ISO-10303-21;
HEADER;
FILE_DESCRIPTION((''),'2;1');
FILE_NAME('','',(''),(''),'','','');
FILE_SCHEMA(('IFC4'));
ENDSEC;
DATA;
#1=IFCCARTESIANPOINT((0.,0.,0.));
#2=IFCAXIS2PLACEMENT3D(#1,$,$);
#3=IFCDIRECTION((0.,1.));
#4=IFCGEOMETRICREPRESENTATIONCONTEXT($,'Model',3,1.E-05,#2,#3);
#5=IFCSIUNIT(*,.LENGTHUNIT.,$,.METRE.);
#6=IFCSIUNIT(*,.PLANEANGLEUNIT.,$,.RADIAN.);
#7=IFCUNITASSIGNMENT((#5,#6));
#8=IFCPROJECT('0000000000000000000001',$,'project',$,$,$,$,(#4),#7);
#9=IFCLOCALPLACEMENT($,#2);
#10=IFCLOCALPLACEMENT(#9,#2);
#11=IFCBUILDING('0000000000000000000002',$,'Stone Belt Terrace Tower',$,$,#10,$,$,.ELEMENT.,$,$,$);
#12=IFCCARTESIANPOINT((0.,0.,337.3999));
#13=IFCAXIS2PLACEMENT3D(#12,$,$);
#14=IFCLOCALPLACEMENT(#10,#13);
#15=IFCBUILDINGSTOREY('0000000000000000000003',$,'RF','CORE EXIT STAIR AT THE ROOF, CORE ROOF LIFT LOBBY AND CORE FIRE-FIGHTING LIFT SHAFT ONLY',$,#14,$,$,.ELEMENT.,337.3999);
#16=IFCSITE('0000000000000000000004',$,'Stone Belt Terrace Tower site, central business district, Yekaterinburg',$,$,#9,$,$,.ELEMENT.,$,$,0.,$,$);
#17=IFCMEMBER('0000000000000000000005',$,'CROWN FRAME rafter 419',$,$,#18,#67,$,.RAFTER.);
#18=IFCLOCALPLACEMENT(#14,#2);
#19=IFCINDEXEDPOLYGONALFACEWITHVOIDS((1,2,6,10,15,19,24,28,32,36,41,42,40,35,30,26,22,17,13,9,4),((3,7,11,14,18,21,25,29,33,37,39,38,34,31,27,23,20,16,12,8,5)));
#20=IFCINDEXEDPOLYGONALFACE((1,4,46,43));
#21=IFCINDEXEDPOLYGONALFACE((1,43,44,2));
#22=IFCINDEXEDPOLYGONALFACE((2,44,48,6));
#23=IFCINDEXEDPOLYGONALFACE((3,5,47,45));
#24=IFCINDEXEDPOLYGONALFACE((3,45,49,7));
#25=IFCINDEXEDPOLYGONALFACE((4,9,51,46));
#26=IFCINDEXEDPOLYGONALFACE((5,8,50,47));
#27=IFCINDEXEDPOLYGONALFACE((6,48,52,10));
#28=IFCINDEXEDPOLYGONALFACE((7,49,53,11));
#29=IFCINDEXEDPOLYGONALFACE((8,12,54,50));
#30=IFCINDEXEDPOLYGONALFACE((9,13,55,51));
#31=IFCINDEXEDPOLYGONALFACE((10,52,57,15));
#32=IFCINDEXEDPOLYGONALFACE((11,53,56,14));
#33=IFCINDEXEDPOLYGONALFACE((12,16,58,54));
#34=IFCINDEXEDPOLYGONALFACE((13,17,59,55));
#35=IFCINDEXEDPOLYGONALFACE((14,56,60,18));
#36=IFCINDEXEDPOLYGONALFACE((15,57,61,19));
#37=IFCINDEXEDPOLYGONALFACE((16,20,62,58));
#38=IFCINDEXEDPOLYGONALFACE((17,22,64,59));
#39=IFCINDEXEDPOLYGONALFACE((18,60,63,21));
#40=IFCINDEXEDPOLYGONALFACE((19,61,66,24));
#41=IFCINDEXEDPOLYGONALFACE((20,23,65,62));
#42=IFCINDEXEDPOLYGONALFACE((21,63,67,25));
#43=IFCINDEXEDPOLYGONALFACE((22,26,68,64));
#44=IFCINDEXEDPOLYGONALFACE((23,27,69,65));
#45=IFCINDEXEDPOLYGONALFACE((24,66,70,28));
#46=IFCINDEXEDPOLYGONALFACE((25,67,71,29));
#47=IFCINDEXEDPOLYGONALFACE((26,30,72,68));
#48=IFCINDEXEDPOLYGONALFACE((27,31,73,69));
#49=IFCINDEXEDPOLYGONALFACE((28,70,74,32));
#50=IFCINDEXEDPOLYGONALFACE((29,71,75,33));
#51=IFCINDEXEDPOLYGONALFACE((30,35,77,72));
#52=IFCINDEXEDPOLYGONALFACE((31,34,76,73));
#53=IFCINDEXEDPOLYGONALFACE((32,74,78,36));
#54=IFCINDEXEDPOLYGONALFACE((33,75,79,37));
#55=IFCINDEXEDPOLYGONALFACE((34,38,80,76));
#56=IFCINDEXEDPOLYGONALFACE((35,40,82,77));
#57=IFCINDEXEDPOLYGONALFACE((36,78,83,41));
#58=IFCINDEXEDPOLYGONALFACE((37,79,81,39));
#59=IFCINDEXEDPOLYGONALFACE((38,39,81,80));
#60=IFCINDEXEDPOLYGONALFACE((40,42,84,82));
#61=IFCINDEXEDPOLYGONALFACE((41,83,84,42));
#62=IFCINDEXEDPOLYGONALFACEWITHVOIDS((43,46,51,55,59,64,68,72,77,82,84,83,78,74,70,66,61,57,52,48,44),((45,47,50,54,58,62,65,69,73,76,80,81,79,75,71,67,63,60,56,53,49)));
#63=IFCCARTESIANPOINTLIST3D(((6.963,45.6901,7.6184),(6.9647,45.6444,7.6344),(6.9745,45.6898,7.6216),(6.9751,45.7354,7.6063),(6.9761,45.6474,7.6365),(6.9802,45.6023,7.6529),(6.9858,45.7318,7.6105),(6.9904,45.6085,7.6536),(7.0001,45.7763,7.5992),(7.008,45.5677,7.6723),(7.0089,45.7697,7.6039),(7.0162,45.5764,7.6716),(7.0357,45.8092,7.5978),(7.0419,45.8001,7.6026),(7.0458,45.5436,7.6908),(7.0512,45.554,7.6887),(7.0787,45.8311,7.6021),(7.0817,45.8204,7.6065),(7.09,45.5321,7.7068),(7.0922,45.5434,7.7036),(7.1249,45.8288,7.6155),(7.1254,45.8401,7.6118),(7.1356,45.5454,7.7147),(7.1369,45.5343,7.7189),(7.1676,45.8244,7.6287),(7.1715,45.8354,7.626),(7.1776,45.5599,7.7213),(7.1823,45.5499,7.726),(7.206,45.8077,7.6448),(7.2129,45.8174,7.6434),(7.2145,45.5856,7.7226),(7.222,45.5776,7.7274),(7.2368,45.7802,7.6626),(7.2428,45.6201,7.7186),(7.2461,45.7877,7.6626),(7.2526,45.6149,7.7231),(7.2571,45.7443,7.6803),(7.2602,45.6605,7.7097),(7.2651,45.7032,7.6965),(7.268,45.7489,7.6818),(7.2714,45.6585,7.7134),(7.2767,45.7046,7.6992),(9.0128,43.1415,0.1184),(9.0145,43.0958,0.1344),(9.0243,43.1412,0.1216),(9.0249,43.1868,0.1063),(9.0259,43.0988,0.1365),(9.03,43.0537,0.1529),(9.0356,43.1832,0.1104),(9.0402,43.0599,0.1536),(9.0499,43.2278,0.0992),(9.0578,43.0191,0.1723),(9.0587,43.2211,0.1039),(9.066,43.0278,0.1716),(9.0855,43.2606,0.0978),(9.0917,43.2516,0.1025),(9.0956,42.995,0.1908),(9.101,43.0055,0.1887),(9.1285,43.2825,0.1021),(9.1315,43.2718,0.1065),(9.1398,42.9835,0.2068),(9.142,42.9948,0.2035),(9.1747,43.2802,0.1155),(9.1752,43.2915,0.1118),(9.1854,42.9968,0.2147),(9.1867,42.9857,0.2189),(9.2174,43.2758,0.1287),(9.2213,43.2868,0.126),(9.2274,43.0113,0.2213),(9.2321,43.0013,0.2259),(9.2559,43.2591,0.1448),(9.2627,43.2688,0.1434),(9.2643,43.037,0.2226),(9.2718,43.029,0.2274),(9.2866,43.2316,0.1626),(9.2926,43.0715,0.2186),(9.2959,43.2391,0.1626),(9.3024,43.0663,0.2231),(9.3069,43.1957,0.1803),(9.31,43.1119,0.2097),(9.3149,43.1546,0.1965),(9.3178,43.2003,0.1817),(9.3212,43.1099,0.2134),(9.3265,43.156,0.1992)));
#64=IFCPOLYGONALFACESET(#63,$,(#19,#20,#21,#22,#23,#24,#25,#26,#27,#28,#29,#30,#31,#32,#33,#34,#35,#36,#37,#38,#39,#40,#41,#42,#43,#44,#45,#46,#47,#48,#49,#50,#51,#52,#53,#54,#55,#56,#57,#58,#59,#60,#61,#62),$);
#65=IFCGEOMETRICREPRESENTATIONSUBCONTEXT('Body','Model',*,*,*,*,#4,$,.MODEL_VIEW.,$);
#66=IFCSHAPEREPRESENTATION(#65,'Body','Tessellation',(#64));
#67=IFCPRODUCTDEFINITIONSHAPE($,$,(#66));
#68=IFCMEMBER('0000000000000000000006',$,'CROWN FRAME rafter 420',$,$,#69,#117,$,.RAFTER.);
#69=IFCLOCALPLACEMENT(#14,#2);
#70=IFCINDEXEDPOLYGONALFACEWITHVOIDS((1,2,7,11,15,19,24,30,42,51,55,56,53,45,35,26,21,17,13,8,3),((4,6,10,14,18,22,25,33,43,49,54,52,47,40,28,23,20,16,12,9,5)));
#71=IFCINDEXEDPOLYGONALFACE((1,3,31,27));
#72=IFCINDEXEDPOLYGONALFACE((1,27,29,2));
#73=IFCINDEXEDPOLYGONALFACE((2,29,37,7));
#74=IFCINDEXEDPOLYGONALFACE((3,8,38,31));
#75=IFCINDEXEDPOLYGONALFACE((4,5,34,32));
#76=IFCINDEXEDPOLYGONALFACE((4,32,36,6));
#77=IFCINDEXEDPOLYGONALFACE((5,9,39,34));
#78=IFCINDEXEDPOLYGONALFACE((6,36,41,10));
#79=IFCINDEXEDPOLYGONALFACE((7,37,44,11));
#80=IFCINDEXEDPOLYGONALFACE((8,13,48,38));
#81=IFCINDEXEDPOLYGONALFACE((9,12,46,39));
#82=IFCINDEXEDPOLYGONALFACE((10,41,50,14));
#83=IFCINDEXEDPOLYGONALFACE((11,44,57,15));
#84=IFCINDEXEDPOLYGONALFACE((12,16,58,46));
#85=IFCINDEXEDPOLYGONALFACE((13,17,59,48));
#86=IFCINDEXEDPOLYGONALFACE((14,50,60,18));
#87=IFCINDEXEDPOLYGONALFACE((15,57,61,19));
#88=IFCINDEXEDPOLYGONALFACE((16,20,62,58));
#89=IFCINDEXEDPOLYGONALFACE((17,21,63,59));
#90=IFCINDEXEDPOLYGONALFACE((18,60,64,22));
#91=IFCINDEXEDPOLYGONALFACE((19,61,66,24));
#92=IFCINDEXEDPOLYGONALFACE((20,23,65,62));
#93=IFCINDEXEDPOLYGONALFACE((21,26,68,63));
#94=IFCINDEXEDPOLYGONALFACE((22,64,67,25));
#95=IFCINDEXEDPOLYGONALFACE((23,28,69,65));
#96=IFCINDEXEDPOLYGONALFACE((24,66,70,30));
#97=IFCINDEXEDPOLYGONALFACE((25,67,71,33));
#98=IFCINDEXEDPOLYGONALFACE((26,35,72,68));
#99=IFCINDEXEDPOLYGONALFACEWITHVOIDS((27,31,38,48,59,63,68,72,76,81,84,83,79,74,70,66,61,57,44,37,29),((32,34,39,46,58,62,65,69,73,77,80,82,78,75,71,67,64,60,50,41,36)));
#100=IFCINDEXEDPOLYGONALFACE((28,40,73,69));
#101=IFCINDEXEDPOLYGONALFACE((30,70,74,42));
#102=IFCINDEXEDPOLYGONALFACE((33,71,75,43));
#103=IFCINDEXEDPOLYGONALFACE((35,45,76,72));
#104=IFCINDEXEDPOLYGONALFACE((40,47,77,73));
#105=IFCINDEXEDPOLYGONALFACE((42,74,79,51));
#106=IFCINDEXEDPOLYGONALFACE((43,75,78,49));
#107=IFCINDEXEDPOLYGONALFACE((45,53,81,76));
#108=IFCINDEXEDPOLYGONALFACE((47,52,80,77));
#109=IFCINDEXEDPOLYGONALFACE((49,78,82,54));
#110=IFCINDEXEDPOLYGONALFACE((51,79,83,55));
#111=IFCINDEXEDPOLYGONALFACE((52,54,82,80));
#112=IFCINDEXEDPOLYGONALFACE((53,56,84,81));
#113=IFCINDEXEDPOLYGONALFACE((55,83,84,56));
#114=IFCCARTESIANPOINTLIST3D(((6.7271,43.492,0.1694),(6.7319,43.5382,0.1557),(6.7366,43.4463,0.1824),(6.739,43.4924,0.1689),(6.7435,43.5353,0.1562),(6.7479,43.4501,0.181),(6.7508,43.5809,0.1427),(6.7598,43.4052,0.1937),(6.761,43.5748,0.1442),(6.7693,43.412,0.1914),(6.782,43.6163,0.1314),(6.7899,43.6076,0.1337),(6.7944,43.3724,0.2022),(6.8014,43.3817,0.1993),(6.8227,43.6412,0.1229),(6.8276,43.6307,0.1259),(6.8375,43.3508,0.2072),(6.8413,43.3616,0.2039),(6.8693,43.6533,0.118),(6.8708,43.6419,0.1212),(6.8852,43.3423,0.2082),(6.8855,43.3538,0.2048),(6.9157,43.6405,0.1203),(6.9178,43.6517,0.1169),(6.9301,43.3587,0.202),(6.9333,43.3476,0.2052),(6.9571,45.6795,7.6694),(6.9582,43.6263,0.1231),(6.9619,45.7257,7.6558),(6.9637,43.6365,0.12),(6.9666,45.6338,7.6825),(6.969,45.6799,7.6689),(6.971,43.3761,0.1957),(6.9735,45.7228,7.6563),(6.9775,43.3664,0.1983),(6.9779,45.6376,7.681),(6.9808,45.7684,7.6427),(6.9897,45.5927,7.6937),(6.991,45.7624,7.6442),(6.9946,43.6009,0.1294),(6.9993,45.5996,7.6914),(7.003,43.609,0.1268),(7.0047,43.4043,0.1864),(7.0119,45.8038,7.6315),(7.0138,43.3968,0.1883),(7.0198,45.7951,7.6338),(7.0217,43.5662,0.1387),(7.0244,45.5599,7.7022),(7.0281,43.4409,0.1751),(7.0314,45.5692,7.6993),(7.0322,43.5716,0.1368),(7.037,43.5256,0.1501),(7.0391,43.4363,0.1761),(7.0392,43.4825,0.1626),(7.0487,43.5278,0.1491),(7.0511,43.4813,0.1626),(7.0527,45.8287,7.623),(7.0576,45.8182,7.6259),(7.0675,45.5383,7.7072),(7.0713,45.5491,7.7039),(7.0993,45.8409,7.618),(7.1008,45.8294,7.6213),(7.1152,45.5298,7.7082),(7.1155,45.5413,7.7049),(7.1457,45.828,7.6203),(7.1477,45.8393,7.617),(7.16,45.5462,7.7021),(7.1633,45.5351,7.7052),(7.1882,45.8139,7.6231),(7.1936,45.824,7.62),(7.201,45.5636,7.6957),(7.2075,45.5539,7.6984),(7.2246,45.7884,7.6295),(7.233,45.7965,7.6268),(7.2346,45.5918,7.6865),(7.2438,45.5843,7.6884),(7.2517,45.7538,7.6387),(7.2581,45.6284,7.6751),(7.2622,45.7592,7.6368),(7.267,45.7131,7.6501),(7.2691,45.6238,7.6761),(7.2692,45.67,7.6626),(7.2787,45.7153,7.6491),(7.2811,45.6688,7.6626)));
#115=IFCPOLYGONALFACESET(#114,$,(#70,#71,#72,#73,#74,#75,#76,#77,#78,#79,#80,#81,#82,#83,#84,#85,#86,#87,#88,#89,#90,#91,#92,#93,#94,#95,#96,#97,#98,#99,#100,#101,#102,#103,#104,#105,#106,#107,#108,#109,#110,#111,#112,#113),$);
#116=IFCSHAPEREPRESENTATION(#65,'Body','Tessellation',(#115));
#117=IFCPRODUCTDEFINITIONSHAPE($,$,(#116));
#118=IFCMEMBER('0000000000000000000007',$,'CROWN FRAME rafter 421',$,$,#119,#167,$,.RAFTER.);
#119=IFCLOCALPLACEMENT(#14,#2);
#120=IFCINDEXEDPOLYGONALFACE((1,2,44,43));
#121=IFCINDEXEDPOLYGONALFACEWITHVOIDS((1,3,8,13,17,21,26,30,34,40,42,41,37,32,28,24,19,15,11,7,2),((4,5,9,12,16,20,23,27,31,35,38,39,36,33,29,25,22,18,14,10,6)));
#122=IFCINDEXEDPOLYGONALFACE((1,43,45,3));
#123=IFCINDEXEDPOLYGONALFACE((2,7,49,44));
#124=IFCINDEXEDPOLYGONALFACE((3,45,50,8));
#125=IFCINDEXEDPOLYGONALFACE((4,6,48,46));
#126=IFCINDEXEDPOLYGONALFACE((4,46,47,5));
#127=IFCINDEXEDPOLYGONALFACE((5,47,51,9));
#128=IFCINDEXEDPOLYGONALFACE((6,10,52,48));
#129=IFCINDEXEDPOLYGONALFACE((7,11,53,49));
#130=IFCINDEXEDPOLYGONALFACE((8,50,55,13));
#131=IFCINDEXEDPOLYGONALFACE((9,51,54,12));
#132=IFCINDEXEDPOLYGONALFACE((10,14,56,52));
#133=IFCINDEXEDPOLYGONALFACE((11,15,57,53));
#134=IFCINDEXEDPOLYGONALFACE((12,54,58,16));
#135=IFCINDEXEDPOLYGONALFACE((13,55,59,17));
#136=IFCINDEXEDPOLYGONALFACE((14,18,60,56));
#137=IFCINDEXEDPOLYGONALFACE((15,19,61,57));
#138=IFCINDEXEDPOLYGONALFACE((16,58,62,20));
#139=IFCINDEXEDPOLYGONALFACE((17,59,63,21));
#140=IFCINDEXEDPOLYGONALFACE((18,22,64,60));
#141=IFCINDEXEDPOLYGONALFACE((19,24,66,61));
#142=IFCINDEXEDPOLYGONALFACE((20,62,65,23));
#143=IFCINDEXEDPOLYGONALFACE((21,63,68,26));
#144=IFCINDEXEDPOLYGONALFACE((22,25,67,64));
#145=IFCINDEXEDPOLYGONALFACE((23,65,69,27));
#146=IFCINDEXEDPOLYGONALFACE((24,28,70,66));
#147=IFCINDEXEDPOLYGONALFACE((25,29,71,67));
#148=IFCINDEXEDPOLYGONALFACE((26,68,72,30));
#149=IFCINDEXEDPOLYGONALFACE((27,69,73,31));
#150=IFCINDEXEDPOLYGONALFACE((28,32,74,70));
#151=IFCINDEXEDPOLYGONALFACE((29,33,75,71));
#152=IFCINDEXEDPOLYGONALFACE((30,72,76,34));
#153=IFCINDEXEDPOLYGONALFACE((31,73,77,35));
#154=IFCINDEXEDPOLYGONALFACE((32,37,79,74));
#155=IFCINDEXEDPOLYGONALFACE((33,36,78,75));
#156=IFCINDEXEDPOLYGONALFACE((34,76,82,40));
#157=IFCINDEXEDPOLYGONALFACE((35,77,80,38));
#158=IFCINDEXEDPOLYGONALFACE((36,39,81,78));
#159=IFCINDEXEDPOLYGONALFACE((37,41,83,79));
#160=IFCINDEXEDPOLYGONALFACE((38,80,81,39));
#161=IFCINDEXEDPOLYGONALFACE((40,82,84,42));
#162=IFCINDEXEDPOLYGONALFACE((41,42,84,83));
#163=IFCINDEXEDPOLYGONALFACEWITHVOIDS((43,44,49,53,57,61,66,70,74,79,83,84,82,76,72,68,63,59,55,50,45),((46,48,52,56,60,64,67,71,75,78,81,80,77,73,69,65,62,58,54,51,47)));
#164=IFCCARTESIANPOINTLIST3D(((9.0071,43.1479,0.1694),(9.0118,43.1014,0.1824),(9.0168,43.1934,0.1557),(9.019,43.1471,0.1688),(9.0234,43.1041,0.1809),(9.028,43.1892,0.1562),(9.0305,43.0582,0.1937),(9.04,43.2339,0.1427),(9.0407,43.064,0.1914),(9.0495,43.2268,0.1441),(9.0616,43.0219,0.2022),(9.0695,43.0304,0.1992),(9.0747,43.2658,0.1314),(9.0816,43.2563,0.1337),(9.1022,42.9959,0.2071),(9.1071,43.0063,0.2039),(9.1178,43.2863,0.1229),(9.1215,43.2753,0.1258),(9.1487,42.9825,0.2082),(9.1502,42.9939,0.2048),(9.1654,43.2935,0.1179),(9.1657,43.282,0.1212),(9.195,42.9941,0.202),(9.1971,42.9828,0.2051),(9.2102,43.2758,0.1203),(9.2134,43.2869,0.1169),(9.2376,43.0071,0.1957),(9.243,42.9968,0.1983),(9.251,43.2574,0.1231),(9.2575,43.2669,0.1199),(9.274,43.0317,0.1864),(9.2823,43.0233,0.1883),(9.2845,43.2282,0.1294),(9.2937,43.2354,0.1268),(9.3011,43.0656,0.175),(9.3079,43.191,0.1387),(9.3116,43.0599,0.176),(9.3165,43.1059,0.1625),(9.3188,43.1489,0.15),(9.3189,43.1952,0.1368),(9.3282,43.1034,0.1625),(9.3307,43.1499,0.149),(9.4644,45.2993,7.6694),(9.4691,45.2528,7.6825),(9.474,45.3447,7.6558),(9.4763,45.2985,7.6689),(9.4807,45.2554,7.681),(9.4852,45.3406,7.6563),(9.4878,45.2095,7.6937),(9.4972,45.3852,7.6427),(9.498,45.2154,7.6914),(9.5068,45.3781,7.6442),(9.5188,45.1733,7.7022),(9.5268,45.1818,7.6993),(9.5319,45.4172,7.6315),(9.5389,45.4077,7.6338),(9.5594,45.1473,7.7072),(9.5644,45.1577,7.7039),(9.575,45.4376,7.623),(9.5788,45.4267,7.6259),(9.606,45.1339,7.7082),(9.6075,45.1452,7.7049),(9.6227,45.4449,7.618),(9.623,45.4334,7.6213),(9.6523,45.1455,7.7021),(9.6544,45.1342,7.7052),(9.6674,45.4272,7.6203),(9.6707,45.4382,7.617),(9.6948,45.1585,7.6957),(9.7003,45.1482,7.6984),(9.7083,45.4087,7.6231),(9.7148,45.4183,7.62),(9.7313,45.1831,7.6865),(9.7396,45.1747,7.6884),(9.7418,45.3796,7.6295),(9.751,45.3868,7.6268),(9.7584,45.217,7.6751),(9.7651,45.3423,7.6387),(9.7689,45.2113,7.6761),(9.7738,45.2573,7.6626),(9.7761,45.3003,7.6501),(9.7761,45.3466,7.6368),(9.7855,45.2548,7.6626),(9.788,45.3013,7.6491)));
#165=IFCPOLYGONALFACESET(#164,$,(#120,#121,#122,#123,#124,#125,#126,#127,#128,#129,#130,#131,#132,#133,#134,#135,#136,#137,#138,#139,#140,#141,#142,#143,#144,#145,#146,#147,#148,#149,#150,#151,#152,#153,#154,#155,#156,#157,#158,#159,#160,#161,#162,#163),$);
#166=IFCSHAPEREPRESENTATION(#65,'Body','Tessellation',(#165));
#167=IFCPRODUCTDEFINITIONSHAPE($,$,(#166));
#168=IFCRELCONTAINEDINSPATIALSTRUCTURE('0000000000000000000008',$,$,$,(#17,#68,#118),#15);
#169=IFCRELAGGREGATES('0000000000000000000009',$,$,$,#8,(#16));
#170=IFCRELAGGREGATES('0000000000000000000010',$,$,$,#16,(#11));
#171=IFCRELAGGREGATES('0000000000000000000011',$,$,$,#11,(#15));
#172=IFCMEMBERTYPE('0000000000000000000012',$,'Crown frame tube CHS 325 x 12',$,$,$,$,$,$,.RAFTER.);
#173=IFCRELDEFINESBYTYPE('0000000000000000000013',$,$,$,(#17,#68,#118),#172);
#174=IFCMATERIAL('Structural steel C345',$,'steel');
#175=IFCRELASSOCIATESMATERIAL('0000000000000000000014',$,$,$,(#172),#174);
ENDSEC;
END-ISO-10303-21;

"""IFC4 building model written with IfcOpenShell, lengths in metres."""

from ifc_helpers import new_model, si_unit, direction, frame, origin, origin_2d, place, context, subcontext, project, spatial, hollow_circle, extrude, material, material_profile, profile_set, type_object, element, save


model = new_model("IFC4")

# Units and contexts
model_context = context("Model", 3, precision=1e-05, world=origin(), true_north=direction((0.0, 1.0)))
body_context = subcontext(model_context, "Body", "Model", "MODEL_VIEW")
ifc_project = project(units=[si_unit("LENGTHUNIT", "METRE"), si_unit("PLANEANGLEUNIT", "RADIAN")], contexts=[model_context])

# Site, building, storey
site_placement = place(None, origin())
site = spatial("IfcSite", under=ifc_project, at=site_placement, Name="Stone Belt Terrace Tower site, central business district, Yekaterinburg", CompositionType="ELEMENT", RefElevation=0.0)
building_placement = place(site_placement, origin())
building = spatial("IfcBuilding", under=site, at=building_placement, Name="Stone Belt Terrace Tower", CompositionType="ELEMENT")
storey_placement = place(building_placement, frame((0.0, 0.0, 337.3999)))
storey = spatial("IfcBuildingStorey", under=building, at=storey_placement, Name="RF", Description="CORE EXIT STAIR AT THE ROOF, CORE ROOF LIFT LOBBY AND CORE FIRE-FIGHTING LIFT SHAFT ONLY", CompositionType="ELEMENT", Elevation=337.3999)

# Members
ifc_material_1 = material(Name="Structural steel C345", Category="steel")
ifc_material_profile_1 = material_profile(ifc_material_1, hollow_circle(Radius=0.1626, WallThickness=0.012, at=origin_2d()), Name="Structural steel C345 CHS 325x12")
ifc_profile_set_1 = profile_set([ifc_material_profile_1], Name="Structural steel C345")
member_type_1 = type_object("IfcMemberType", Name="Crown frame tube CHS 325 x 12", PredefinedType="RAFTER", material=ifc_profile_set_1)
member_1_placement = place(storey_placement, frame((7.1194, 45.6858, 7.6626), z_axis=(0.250523, -0.311482, -0.916634), x_axis=(0.779235, 0.626732, 0.0)))
element("IfcMember", 1, at=member_1_placement, inside=storey, type_object=member_type_1, Name="CROWN FRAME rafter 419", PredefinedType="RAFTER", context=body_context, shape_type="SweptSolid", body=[
    extrude(hollow_circle(Radius=0.1626, WallThickness=0.012, at=origin_2d()), origin(), (0.0, 0.0, 1.0), 8.1821),
])
for number, where, z_axis, x_axis, name in (
    (2, (7.1194, 45.6858, 7.6626), (-0.029425, -0.279879, -0.959584), (0.994519, -0.104558, 0.0), "CROWN FRAME rafter 420"),
    (3, (9.6265, 45.2886, 7.6626), (-0.058506, -0.275257, -0.959589), (0.978149, -0.207907, 0.0), "CROWN FRAME rafter 421"),
):
    element("IfcMember", number, at=place(storey_placement, frame(where, z_axis=z_axis, x_axis=x_axis)), inside=storey, type_object=member_type_1, Name=name, PredefinedType="RAFTER", context=body_context, shape_type="SweptSolid", body=[
        extrude(hollow_circle(Radius=0.1626, WallThickness=0.012, at=origin_2d()), origin(), (0.0, 0.0, 1.0), 7.8159),
    ])

save(model, "model.ifc")
